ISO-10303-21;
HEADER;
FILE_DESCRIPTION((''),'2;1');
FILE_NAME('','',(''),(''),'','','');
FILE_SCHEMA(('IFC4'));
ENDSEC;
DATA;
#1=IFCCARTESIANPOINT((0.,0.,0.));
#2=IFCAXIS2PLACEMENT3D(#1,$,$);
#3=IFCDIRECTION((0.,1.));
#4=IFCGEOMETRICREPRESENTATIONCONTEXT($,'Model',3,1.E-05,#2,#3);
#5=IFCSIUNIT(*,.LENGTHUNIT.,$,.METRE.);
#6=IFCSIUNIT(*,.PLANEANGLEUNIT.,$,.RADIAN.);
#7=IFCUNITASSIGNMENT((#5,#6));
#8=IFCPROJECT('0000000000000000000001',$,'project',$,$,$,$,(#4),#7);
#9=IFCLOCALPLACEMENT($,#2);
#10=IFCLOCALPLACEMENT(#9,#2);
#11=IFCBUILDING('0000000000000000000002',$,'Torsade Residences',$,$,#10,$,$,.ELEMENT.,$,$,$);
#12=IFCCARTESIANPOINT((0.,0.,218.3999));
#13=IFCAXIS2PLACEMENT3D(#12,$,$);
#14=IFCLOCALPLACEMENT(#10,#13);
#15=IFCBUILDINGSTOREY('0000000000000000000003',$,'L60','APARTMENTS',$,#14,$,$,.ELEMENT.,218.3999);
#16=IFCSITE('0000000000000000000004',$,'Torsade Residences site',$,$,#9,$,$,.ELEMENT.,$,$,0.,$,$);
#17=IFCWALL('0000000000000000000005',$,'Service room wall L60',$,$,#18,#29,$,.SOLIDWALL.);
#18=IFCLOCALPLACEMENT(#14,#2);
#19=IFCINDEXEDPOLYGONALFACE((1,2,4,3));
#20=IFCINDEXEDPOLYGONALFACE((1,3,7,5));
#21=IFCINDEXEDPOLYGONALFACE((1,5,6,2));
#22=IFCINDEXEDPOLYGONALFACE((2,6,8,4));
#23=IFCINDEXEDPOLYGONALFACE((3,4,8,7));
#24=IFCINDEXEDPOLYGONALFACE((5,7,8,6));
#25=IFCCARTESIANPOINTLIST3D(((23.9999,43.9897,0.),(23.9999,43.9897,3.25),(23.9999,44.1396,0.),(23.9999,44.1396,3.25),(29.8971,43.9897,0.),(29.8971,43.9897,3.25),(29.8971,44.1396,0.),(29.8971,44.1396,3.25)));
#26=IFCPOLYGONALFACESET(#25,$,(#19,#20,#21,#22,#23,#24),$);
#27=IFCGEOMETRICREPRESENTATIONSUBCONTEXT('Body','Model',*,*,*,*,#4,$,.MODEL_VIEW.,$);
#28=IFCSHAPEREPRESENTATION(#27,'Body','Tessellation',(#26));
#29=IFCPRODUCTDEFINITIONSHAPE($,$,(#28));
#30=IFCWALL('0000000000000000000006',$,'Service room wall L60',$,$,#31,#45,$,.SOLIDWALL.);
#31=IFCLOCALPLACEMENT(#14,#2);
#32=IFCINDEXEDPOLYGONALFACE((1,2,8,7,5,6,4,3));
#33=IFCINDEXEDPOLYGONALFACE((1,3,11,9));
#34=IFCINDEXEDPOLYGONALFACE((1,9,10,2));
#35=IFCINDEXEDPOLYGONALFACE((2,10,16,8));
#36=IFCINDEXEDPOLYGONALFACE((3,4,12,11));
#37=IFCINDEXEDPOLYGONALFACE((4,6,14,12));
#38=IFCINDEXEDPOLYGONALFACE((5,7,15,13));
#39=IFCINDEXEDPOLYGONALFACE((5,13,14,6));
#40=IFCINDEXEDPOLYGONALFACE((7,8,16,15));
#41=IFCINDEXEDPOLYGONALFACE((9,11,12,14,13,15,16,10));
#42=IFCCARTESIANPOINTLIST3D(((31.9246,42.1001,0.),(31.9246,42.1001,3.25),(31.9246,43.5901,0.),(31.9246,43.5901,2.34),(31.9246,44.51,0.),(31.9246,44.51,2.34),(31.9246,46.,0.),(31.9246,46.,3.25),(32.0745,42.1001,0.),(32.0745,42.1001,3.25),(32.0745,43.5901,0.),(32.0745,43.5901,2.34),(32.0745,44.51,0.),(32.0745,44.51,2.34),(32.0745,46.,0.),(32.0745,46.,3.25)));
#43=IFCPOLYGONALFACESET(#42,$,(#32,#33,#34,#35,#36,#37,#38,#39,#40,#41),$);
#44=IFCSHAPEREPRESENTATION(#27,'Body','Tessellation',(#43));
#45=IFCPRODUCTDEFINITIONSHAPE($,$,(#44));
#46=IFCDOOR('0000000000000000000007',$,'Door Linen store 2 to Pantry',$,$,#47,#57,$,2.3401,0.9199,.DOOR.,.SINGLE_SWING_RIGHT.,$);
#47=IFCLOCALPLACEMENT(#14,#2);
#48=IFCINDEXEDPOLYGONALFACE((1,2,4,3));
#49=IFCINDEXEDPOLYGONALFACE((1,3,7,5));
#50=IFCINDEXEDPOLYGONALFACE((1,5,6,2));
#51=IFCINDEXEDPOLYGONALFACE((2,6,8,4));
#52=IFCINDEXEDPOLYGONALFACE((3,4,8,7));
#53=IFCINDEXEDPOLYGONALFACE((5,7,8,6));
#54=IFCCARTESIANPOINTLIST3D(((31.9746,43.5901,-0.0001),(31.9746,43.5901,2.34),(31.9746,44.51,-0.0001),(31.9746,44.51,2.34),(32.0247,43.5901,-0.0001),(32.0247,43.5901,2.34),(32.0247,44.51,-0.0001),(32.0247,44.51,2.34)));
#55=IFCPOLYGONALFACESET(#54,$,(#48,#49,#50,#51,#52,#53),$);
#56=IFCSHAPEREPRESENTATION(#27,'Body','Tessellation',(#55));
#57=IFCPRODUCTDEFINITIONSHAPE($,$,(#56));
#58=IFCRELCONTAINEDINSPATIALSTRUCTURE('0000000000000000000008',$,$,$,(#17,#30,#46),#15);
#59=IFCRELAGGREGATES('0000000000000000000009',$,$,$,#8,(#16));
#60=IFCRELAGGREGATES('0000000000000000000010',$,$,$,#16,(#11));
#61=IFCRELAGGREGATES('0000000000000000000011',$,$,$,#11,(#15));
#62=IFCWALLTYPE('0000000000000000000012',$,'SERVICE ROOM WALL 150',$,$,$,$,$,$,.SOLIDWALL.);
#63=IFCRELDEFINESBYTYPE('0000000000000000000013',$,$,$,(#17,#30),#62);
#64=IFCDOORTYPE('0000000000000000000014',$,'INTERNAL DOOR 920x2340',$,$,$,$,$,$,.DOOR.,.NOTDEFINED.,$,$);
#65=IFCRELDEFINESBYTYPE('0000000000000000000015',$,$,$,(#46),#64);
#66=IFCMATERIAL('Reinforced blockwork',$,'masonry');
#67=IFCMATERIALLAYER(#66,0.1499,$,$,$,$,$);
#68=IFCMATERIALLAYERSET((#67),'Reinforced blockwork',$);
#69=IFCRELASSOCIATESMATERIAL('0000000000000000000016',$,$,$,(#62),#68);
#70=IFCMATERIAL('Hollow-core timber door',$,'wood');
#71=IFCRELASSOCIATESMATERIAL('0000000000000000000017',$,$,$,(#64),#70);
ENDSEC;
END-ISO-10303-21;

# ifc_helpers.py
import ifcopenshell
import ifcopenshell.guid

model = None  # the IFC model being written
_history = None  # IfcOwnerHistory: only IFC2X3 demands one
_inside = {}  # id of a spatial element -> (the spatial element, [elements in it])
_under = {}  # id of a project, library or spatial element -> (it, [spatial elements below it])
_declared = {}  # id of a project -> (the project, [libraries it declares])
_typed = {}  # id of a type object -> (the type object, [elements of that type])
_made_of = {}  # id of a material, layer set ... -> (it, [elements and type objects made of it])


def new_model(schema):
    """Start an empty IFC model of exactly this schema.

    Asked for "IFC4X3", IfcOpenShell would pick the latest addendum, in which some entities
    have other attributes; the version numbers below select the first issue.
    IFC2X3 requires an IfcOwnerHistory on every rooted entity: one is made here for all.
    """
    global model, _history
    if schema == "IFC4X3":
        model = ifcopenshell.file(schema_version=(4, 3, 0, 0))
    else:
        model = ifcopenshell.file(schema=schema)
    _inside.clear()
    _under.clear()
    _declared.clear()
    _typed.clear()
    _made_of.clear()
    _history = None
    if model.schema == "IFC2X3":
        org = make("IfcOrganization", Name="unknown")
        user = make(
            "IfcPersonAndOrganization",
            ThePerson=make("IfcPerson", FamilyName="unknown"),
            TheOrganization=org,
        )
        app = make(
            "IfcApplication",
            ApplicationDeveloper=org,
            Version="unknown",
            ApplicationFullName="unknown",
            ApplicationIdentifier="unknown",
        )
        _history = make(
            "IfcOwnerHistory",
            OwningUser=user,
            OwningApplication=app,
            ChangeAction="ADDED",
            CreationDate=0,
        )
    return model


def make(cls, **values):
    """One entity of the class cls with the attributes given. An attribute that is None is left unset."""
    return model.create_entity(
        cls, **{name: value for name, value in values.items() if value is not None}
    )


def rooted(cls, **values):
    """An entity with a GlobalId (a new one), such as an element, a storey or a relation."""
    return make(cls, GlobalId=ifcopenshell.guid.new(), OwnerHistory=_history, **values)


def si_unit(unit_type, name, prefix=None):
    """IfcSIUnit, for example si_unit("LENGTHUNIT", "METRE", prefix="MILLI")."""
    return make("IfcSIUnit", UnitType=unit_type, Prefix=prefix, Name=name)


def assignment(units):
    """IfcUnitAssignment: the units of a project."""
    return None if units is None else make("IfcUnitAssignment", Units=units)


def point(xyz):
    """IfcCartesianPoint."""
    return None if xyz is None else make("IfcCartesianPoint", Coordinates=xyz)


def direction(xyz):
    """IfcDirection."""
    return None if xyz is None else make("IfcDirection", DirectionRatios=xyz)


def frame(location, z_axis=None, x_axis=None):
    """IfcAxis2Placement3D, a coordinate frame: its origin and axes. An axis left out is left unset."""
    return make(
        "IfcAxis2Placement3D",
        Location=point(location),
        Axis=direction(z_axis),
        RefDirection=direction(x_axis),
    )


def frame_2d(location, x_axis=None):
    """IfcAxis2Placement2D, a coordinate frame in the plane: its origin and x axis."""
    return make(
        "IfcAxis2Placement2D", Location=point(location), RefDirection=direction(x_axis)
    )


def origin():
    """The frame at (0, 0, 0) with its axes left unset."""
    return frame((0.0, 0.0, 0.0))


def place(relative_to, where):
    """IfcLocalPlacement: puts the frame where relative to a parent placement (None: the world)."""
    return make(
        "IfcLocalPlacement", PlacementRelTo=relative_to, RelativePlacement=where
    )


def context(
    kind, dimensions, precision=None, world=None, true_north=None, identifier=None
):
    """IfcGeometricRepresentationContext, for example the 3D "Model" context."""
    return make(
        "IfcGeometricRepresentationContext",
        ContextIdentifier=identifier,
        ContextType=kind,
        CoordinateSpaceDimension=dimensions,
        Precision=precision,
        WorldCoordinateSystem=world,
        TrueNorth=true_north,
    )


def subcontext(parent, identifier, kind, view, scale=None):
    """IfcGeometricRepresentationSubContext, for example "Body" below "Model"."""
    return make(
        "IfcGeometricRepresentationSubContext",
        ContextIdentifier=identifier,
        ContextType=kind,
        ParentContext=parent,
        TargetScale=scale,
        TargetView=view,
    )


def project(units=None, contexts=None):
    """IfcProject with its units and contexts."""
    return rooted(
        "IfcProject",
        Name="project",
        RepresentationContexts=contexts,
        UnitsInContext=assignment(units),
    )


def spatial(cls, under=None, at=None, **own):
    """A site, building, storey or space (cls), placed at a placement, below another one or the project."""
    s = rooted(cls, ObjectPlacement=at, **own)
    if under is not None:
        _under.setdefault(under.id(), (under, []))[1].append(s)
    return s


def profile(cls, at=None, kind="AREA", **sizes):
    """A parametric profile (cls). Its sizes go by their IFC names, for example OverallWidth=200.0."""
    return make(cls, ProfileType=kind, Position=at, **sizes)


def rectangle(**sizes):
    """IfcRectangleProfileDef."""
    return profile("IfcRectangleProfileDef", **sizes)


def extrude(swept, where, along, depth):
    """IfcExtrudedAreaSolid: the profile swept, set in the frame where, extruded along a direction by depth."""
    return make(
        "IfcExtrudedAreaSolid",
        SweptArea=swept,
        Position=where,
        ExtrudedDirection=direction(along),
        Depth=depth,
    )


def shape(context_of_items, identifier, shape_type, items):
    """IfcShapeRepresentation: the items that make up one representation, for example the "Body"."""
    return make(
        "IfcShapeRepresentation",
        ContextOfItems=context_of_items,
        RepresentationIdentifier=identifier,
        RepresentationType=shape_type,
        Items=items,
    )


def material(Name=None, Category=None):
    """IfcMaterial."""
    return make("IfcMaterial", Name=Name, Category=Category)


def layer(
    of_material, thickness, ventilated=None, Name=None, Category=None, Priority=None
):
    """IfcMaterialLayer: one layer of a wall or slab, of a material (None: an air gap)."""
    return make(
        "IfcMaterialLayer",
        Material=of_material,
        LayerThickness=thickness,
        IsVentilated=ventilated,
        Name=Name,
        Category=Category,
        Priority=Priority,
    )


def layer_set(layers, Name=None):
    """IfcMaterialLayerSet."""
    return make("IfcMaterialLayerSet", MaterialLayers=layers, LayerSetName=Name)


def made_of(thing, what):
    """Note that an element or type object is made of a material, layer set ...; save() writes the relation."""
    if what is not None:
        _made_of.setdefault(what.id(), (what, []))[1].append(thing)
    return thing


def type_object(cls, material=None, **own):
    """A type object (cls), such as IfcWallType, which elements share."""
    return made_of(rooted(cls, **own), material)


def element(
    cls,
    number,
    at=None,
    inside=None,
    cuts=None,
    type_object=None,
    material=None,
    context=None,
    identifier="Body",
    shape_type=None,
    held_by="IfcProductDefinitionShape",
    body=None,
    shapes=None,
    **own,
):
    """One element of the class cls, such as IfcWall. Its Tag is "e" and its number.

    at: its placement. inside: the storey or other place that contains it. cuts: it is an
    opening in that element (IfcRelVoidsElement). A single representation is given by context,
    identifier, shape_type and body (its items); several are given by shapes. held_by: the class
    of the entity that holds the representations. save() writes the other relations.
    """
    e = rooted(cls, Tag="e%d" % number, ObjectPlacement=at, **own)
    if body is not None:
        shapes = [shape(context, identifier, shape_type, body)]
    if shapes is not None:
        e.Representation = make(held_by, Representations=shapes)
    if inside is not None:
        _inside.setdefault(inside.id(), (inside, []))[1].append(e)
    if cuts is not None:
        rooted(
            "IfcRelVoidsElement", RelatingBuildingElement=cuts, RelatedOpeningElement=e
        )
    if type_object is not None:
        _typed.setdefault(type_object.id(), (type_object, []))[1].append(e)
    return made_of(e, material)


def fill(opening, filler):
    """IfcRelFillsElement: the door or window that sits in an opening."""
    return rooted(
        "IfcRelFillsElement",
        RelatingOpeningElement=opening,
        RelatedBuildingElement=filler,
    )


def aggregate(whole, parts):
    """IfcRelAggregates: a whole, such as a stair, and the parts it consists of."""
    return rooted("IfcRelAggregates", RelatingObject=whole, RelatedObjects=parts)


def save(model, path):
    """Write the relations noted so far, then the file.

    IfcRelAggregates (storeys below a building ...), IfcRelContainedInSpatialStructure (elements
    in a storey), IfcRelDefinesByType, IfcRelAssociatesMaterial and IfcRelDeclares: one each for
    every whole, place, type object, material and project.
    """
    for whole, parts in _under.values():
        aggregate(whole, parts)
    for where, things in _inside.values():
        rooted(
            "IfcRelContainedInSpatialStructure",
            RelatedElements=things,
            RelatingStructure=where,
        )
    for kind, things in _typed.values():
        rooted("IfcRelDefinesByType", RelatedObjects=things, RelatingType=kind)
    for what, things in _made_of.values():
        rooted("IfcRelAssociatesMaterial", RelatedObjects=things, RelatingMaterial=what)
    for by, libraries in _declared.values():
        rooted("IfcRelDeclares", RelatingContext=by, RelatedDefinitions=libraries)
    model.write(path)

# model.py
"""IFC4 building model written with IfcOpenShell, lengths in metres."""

from ifc_helpers import new_model, si_unit, direction, frame, frame_2d, origin, place, context, subcontext, project, spatial, rectangle, extrude, material, layer, layer_set, type_object, element, fill, save


model = new_model("IFC4")

# Units and contexts
model_context = context("Model", 3, precision=1e-05, world=origin(), true_north=direction((0.0, 1.0)))
body_context = subcontext(model_context, "Body", "Model", "MODEL_VIEW")
ifc_project = project(units=[si_unit("LENGTHUNIT", "METRE"), si_unit("PLANEANGLEUNIT", "RADIAN")], contexts=[model_context])

# Site, building, storey
site_placement = place(None, origin())
site = spatial("IfcSite", under=ifc_project, at=site_placement, Name="Torsade Residences site", CompositionType="ELEMENT", RefElevation=0.0)
building_placement = place(site_placement, origin())
building = spatial("IfcBuilding", under=site, at=building_placement, Name="Torsade Residences", CompositionType="ELEMENT")
storey_placement = place(building_placement, frame((0.0, 0.0, 218.3999)))
storey = spatial("IfcBuildingStorey", under=building, at=storey_placement, Name="L60", Description="APARTMENTS", CompositionType="ELEMENT", Elevation=218.3999)

# Shared definitions
ifc_material_1 = material(Name="Reinforced blockwork", Category="masonry")
ifc_layer_1 = layer(ifc_material_1, 0.1499)
ifc_layer_set_1 = layer_set([ifc_layer_1], Name="Reinforced blockwork")
wall_type_1 = type_object("IfcWallType", Name="SERVICE ROOM WALL 150", PredefinedType="SOLIDWALL", material=ifc_layer_set_1)
ifc_material_2 = material(Name="Hollow-core timber door", Category="wood")
door_type_1 = type_object("IfcDoorType", Name="INTERNAL DOOR 920x2340", OperationType="NOTDEFINED", PredefinedType="DOOR", material=ifc_material_2)

# Wall
wall_1_placement = place(storey_placement, frame((29.8972, 44.0647, 0.0), z_axis=(0.0, 0.0, 1.0), x_axis=(-1.0, 0.0, 0.0)))
element("IfcWall", 1, at=wall_1_placement, inside=storey, type_object=wall_type_1, Name="Service room wall L60", PredefinedType="SOLIDWALL", context=body_context, shape_type="SweptSolid", body=[
    extrude(rectangle(XDim=5.8972, YDim=0.1499, at=frame_2d((2.9487, 0.0))), origin(), (0.0, 0.0, 1.0), 3.25),
])

# Wall, opening, door
wall_2_placement = place(storey_placement, frame((31.9995, 42.1001, 0.0), z_axis=(0.0, 0.0, 1.0), x_axis=(0.0, 1.0, 0.0)))
wall_2 = element("IfcWall", 2, at=wall_2_placement, inside=storey, type_object=wall_type_1, Name="Service room wall L60", PredefinedType="SOLIDWALL", context=body_context, shape_type="SweptSolid", body=[
    extrude(rectangle(XDim=3.8999, YDim=0.1499, at=frame_2d((1.95, 0.0))), origin(), (0.0, 0.0, 1.0), 3.25),
])
opening_1_placement = place(wall_2_placement, frame((1.49, 0.0, 0.0)))
opening_1 = element("IfcOpeningElement", 3, at=opening_1_placement, cuts=wall_2, PredefinedType="OPENING", context=body_context, shape_type="SweptSolid", body=[
    extrude(rectangle(XDim=0.9199, YDim=2.3401, at=frame_2d((0.46, 1.1699))), frame((0.0, 0.085, 0.0), z_axis=(0.0, -1.0, 0.0), x_axis=(1.0, 0.0, 0.0)), (0.0, 0.0, 1.0), 0.1699),
])
door_1_placement = place(opening_1_placement, origin())
door_1 = element("IfcDoor", 4, at=door_1_placement, inside=storey, type_object=door_type_1, Name="Door Linen store 2 to Pantry", OperationType="SINGLE_SWING_RIGHT", OverallHeight=2.3401, OverallWidth=0.9199, PredefinedType="DOOR", context=body_context, shape_type="SweptSolid", body=[
    extrude(rectangle(XDim=0.9199, YDim=2.3401, at=frame_2d((0.46, 1.1699))), frame((0.0, 0.0249, 0.0), z_axis=(0.0, -1.0, 0.0), x_axis=(1.0, 0.0, 0.0)), (0.0, 0.0, 1.0), 0.05),
])
fill(opening_1, door_1)

save(model, "model.ifc")
